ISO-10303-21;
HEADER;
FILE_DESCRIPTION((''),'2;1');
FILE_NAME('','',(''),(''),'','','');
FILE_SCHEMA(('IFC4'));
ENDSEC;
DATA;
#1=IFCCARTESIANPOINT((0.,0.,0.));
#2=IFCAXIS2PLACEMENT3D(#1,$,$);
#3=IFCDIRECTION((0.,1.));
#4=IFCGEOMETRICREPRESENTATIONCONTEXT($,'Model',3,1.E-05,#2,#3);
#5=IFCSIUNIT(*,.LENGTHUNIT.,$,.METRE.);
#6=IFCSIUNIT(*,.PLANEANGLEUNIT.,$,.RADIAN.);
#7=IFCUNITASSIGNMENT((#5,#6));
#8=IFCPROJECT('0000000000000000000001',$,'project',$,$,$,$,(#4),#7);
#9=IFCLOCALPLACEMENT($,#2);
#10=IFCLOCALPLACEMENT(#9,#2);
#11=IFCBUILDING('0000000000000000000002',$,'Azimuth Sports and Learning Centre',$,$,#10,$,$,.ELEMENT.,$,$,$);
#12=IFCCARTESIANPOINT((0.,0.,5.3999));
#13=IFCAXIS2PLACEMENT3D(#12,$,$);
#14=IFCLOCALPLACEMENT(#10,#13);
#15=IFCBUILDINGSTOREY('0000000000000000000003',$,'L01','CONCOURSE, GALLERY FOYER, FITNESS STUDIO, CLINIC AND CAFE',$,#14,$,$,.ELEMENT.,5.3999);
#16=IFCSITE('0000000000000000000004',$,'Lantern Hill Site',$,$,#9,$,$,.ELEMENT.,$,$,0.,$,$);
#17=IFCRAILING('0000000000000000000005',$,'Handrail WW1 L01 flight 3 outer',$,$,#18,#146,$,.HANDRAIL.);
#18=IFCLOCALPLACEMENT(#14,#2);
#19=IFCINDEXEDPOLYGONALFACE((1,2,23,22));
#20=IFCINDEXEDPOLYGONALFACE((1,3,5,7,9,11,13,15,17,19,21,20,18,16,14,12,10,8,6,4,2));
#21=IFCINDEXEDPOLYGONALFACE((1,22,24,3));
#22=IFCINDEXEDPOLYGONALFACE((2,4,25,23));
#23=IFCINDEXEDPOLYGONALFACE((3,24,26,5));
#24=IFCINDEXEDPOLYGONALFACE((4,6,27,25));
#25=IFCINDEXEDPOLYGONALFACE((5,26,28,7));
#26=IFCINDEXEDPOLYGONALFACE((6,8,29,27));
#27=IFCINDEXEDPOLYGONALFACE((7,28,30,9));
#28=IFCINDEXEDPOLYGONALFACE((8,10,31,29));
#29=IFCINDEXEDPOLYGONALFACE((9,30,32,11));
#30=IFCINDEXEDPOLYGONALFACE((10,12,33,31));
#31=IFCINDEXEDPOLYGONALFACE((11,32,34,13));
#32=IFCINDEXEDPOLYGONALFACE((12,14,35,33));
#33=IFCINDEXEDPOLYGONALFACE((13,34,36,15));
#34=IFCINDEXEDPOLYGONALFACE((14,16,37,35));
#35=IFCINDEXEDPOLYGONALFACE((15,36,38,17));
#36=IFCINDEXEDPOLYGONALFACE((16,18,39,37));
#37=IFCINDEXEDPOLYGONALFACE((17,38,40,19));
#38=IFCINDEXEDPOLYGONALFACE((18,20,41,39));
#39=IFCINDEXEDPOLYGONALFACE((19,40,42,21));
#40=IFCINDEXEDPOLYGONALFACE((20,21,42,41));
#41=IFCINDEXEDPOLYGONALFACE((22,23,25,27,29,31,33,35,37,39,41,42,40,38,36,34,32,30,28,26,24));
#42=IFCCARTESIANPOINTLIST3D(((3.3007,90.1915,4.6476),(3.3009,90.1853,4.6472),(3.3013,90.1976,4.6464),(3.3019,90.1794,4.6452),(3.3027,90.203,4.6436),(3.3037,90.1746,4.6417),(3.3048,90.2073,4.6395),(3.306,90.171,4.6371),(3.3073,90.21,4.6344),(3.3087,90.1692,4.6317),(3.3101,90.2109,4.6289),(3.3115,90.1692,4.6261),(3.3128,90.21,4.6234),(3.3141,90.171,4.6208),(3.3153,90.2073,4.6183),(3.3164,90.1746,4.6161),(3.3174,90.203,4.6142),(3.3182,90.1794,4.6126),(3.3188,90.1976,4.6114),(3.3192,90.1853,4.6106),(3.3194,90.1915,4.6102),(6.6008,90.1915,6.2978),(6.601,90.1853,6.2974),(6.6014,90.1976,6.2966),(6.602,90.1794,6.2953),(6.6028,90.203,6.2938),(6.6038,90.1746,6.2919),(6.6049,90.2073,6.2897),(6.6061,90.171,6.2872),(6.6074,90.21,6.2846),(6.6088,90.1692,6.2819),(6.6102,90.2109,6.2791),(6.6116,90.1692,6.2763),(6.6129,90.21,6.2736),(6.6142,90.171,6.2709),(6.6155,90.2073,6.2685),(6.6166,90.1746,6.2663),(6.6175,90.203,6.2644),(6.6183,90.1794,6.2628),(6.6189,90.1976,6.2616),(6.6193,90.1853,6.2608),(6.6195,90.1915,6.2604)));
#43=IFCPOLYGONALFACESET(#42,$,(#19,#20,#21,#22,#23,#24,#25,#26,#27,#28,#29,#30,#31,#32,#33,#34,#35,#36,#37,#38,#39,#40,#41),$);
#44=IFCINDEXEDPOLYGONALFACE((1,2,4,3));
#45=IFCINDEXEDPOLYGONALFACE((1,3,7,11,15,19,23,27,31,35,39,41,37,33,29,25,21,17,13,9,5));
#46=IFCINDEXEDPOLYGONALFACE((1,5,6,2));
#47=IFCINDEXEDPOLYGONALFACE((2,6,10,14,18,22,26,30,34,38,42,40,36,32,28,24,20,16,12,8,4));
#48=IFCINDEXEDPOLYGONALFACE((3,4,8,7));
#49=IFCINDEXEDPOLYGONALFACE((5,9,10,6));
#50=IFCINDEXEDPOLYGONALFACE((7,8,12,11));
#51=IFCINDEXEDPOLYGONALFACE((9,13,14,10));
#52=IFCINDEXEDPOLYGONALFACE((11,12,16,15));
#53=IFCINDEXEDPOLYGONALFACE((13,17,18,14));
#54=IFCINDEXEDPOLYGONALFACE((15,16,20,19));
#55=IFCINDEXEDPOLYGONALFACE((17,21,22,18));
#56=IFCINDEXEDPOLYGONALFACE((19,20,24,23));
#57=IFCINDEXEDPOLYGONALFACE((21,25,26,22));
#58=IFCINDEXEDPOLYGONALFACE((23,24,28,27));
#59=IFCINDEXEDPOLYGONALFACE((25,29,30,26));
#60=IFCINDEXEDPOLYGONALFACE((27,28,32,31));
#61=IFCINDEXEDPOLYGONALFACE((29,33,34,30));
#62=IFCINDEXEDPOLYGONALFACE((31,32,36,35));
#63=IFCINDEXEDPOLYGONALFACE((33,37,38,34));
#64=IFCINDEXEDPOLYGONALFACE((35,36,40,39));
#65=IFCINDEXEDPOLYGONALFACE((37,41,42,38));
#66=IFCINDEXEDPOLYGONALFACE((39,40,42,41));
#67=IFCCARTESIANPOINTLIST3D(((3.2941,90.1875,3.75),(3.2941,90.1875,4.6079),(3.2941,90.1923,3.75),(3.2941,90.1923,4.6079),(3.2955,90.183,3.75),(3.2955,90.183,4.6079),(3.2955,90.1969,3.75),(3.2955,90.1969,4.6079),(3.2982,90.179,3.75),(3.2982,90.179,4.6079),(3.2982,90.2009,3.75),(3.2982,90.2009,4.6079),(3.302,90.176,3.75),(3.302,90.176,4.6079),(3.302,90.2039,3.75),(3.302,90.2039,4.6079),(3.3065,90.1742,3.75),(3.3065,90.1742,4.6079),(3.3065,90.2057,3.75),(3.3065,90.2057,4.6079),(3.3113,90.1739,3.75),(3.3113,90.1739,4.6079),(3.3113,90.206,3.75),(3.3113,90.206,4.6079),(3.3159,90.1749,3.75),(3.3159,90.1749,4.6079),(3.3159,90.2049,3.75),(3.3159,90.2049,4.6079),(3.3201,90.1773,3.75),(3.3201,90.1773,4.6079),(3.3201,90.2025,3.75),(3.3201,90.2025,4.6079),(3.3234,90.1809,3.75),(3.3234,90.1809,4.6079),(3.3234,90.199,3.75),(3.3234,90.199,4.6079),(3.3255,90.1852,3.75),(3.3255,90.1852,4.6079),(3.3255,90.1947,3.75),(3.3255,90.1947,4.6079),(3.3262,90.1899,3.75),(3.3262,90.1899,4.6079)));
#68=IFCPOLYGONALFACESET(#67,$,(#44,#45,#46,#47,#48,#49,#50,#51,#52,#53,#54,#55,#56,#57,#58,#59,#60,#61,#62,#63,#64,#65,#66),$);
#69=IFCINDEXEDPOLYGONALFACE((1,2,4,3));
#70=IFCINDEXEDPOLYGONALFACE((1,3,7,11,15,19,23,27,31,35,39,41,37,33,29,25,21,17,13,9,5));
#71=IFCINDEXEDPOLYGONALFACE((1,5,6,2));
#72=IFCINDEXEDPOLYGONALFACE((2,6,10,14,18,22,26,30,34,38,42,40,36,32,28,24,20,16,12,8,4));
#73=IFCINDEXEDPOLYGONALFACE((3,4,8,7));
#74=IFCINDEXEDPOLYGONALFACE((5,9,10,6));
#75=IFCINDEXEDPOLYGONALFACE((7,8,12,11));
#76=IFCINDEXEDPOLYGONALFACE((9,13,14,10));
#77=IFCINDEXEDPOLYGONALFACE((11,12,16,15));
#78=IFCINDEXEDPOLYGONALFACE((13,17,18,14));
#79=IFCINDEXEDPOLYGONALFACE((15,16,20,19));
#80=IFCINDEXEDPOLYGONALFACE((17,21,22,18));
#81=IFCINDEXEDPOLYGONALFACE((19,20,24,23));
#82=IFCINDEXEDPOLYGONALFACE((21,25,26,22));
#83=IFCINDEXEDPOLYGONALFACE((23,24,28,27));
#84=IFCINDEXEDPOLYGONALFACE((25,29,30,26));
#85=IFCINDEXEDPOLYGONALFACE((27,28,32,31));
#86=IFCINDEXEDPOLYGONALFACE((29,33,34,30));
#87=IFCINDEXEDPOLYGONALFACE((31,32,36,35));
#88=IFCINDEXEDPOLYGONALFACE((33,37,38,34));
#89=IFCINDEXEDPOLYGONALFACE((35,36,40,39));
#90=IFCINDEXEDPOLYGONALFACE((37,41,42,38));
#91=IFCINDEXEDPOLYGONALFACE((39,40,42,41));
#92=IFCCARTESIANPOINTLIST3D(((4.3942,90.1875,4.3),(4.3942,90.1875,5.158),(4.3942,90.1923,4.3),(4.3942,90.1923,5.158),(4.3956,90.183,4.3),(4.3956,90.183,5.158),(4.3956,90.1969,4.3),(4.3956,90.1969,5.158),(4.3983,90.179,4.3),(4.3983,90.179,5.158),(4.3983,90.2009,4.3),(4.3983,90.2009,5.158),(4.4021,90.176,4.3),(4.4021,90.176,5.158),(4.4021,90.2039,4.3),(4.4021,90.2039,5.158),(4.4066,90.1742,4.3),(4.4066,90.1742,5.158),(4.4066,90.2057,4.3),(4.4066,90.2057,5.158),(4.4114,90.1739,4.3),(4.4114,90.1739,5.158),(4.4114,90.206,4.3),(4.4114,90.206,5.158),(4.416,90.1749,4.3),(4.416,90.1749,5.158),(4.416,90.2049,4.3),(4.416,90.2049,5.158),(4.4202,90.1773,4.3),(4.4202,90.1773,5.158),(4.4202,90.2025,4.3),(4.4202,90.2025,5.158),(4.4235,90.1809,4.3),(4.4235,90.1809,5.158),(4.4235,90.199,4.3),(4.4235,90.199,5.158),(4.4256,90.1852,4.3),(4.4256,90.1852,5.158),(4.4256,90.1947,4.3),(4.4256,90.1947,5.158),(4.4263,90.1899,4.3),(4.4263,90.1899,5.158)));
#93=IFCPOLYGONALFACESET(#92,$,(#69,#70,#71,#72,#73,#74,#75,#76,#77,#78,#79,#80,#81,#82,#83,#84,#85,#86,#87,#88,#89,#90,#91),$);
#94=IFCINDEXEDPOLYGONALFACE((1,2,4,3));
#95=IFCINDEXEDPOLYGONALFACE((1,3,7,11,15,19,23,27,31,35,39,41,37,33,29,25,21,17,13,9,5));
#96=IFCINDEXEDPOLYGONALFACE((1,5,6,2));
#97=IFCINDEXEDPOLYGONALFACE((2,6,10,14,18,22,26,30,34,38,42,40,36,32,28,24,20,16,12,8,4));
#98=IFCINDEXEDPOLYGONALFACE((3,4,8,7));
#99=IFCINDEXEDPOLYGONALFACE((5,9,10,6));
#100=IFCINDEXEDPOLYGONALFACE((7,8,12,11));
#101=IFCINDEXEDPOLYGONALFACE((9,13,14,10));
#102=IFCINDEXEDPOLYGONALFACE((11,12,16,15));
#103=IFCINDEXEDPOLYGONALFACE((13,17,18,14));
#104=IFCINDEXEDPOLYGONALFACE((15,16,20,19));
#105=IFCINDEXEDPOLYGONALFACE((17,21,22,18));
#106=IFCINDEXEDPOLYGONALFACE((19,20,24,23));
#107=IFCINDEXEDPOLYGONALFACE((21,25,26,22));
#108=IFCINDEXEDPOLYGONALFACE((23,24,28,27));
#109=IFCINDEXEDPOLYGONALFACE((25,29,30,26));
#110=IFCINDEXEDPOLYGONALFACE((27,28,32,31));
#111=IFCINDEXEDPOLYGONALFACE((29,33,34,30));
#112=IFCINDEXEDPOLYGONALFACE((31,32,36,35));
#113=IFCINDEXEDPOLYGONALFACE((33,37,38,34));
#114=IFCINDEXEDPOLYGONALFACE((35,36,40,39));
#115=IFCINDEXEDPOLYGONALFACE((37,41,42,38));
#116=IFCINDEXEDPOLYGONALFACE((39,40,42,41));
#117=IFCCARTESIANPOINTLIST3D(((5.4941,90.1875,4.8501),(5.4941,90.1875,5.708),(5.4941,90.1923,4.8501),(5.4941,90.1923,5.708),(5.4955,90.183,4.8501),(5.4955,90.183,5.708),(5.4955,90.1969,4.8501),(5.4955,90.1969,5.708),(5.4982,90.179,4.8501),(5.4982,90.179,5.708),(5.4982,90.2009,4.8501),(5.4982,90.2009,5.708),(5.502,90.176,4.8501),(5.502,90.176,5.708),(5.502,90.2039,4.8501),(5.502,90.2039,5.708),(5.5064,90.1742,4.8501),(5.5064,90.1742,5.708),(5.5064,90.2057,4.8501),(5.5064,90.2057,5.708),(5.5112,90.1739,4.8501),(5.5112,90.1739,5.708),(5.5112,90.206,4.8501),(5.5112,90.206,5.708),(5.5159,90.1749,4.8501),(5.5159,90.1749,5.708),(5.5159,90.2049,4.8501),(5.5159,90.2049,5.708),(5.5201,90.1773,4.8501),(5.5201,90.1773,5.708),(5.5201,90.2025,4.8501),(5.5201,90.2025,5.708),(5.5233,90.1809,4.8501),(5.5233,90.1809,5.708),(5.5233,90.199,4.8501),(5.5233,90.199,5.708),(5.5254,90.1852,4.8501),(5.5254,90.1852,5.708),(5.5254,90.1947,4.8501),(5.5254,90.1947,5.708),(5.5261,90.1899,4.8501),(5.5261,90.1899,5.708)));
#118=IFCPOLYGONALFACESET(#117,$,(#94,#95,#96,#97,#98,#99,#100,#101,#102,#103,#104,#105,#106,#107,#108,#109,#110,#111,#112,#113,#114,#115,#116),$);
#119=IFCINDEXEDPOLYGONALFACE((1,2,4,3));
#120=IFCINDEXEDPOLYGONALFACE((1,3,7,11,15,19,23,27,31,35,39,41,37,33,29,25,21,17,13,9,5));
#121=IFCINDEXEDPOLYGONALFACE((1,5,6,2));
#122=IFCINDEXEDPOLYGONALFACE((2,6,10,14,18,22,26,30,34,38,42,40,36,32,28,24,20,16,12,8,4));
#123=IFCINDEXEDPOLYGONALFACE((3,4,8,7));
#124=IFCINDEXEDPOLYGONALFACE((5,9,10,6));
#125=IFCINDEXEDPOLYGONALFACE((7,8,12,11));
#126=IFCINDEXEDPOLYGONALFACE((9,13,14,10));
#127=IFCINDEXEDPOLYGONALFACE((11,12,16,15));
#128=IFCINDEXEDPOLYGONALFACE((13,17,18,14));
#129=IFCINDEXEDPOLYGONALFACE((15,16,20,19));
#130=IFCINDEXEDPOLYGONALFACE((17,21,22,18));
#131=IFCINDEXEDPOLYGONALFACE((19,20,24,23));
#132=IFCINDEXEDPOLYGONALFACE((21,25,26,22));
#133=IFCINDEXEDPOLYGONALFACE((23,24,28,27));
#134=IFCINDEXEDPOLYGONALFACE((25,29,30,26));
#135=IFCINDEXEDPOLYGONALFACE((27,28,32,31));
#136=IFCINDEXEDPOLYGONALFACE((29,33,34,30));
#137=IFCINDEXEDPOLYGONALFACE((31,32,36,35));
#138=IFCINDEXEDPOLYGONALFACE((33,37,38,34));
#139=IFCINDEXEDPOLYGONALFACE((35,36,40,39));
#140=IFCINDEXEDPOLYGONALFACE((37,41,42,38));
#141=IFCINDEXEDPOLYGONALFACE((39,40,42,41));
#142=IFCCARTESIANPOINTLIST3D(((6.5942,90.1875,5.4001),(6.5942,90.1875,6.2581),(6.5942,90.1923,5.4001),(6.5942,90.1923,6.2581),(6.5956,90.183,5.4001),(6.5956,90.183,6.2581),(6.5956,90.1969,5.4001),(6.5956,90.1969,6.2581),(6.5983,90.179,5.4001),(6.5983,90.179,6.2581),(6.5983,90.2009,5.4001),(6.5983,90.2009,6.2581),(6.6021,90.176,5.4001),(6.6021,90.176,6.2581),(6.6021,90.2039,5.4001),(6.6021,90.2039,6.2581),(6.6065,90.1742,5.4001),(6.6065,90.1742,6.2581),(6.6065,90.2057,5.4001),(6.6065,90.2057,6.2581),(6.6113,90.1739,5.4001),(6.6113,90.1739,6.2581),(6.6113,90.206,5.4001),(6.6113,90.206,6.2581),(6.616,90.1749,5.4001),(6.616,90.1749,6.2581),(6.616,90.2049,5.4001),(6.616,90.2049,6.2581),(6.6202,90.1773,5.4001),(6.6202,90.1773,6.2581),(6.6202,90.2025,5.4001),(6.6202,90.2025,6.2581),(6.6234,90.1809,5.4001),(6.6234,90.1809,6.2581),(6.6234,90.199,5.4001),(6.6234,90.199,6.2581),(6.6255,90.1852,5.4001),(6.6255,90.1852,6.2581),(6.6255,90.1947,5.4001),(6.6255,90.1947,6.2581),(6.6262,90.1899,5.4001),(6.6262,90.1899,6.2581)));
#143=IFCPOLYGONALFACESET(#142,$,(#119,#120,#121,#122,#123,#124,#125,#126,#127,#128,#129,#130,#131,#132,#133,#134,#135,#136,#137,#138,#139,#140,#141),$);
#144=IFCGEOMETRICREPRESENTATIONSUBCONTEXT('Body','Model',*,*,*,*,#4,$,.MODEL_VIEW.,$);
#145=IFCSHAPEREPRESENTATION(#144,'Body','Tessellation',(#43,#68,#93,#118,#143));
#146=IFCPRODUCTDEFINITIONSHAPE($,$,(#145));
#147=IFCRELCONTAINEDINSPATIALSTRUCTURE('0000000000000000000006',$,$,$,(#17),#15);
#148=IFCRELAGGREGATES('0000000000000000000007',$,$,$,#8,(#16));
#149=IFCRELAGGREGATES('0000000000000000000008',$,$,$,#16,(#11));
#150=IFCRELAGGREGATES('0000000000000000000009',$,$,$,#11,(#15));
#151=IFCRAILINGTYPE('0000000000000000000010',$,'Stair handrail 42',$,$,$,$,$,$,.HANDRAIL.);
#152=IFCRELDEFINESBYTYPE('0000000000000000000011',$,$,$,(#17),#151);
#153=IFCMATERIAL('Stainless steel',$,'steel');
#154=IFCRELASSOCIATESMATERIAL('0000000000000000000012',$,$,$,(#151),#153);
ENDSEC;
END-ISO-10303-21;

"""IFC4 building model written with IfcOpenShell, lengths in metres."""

from ifc_helpers import new_model, si_unit, direction, frame, origin, origin_2d, place, context, subcontext, project, spatial, circle, extrude, material, type_object, element, save


model = new_model("IFC4")

# Units and contexts
model_context = context("Model", 3, precision=1e-05, world=origin(), true_north=direction((0.0, 1.0)))
body_context = subcontext(model_context, "Body", "Model", "MODEL_VIEW")
ifc_project = project(units=[si_unit("LENGTHUNIT", "METRE"), si_unit("PLANEANGLEUNIT", "RADIAN")], contexts=[model_context])

# Site, building, storey
site_placement = place(None, origin())
site = spatial("IfcSite", under=ifc_project, at=site_placement, Name="Lantern Hill Site", CompositionType="ELEMENT", RefElevation=0.0)
building_placement = place(site_placement, origin())
building = spatial("IfcBuilding", under=site, at=building_placement, Name="Azimuth Sports and Learning Centre", CompositionType="ELEMENT")
storey_placement = place(building_placement, frame((0.0, 0.0, 5.3999)))
storey = spatial("IfcBuildingStorey", under=building, at=storey_placement, Name="L01", Description="CONCOURSE, GALLERY FOYER, FITNESS STUDIO, CLINIC AND CAFE", CompositionType="ELEMENT", Elevation=5.3999)

# Railing
ifc_material_1 = material(Name="Stainless steel", Category="steel")
railing_type_1 = type_object("IfcRailingType", Name="Stair handrail 42", PredefinedType="HANDRAIL", material=ifc_material_1)
for number, where, name in (
    (1, (3.3101, 90.1899, 3.75), "Handrail WW1 L01 flight 3 outer"),
):
    element("IfcRailing", number, at=place(storey_placement, frame(where)), inside=storey, type_object=railing_type_1, Name=name, PredefinedType="HANDRAIL", context=body_context, shape_type="SweptSolid", body=[
        extrude(circle(Radius=0.021, at=origin_2d()), frame((0.0, 0.0, 0.8789), z_axis=(0.894414, 0.0, 0.44724), x_axis=(0.0, 1.0, 0.0)), (0.0, 0.0, 1.0), 3.6897),
        extrude(circle(Radius=0.0161, at=origin_2d()), origin(), (0.0, 0.0, 1.0), 0.8579),
        extrude(circle(Radius=0.0161, at=origin_2d()), frame((1.1001, 0.0, 0.55)), (0.0, 0.0, 1.0), 0.8579),
        extrude(circle(Radius=0.0161, at=origin_2d()), frame((2.2, 0.0, 1.1001)), (0.0, 0.0, 1.0), 0.8579),
        extrude(circle(Radius=0.0161, at=origin_2d()), frame((3.3, 0.0, 1.6501)), (0.0, 0.0, 1.0), 0.8579),
    ])

save(model, "model.ifc")
